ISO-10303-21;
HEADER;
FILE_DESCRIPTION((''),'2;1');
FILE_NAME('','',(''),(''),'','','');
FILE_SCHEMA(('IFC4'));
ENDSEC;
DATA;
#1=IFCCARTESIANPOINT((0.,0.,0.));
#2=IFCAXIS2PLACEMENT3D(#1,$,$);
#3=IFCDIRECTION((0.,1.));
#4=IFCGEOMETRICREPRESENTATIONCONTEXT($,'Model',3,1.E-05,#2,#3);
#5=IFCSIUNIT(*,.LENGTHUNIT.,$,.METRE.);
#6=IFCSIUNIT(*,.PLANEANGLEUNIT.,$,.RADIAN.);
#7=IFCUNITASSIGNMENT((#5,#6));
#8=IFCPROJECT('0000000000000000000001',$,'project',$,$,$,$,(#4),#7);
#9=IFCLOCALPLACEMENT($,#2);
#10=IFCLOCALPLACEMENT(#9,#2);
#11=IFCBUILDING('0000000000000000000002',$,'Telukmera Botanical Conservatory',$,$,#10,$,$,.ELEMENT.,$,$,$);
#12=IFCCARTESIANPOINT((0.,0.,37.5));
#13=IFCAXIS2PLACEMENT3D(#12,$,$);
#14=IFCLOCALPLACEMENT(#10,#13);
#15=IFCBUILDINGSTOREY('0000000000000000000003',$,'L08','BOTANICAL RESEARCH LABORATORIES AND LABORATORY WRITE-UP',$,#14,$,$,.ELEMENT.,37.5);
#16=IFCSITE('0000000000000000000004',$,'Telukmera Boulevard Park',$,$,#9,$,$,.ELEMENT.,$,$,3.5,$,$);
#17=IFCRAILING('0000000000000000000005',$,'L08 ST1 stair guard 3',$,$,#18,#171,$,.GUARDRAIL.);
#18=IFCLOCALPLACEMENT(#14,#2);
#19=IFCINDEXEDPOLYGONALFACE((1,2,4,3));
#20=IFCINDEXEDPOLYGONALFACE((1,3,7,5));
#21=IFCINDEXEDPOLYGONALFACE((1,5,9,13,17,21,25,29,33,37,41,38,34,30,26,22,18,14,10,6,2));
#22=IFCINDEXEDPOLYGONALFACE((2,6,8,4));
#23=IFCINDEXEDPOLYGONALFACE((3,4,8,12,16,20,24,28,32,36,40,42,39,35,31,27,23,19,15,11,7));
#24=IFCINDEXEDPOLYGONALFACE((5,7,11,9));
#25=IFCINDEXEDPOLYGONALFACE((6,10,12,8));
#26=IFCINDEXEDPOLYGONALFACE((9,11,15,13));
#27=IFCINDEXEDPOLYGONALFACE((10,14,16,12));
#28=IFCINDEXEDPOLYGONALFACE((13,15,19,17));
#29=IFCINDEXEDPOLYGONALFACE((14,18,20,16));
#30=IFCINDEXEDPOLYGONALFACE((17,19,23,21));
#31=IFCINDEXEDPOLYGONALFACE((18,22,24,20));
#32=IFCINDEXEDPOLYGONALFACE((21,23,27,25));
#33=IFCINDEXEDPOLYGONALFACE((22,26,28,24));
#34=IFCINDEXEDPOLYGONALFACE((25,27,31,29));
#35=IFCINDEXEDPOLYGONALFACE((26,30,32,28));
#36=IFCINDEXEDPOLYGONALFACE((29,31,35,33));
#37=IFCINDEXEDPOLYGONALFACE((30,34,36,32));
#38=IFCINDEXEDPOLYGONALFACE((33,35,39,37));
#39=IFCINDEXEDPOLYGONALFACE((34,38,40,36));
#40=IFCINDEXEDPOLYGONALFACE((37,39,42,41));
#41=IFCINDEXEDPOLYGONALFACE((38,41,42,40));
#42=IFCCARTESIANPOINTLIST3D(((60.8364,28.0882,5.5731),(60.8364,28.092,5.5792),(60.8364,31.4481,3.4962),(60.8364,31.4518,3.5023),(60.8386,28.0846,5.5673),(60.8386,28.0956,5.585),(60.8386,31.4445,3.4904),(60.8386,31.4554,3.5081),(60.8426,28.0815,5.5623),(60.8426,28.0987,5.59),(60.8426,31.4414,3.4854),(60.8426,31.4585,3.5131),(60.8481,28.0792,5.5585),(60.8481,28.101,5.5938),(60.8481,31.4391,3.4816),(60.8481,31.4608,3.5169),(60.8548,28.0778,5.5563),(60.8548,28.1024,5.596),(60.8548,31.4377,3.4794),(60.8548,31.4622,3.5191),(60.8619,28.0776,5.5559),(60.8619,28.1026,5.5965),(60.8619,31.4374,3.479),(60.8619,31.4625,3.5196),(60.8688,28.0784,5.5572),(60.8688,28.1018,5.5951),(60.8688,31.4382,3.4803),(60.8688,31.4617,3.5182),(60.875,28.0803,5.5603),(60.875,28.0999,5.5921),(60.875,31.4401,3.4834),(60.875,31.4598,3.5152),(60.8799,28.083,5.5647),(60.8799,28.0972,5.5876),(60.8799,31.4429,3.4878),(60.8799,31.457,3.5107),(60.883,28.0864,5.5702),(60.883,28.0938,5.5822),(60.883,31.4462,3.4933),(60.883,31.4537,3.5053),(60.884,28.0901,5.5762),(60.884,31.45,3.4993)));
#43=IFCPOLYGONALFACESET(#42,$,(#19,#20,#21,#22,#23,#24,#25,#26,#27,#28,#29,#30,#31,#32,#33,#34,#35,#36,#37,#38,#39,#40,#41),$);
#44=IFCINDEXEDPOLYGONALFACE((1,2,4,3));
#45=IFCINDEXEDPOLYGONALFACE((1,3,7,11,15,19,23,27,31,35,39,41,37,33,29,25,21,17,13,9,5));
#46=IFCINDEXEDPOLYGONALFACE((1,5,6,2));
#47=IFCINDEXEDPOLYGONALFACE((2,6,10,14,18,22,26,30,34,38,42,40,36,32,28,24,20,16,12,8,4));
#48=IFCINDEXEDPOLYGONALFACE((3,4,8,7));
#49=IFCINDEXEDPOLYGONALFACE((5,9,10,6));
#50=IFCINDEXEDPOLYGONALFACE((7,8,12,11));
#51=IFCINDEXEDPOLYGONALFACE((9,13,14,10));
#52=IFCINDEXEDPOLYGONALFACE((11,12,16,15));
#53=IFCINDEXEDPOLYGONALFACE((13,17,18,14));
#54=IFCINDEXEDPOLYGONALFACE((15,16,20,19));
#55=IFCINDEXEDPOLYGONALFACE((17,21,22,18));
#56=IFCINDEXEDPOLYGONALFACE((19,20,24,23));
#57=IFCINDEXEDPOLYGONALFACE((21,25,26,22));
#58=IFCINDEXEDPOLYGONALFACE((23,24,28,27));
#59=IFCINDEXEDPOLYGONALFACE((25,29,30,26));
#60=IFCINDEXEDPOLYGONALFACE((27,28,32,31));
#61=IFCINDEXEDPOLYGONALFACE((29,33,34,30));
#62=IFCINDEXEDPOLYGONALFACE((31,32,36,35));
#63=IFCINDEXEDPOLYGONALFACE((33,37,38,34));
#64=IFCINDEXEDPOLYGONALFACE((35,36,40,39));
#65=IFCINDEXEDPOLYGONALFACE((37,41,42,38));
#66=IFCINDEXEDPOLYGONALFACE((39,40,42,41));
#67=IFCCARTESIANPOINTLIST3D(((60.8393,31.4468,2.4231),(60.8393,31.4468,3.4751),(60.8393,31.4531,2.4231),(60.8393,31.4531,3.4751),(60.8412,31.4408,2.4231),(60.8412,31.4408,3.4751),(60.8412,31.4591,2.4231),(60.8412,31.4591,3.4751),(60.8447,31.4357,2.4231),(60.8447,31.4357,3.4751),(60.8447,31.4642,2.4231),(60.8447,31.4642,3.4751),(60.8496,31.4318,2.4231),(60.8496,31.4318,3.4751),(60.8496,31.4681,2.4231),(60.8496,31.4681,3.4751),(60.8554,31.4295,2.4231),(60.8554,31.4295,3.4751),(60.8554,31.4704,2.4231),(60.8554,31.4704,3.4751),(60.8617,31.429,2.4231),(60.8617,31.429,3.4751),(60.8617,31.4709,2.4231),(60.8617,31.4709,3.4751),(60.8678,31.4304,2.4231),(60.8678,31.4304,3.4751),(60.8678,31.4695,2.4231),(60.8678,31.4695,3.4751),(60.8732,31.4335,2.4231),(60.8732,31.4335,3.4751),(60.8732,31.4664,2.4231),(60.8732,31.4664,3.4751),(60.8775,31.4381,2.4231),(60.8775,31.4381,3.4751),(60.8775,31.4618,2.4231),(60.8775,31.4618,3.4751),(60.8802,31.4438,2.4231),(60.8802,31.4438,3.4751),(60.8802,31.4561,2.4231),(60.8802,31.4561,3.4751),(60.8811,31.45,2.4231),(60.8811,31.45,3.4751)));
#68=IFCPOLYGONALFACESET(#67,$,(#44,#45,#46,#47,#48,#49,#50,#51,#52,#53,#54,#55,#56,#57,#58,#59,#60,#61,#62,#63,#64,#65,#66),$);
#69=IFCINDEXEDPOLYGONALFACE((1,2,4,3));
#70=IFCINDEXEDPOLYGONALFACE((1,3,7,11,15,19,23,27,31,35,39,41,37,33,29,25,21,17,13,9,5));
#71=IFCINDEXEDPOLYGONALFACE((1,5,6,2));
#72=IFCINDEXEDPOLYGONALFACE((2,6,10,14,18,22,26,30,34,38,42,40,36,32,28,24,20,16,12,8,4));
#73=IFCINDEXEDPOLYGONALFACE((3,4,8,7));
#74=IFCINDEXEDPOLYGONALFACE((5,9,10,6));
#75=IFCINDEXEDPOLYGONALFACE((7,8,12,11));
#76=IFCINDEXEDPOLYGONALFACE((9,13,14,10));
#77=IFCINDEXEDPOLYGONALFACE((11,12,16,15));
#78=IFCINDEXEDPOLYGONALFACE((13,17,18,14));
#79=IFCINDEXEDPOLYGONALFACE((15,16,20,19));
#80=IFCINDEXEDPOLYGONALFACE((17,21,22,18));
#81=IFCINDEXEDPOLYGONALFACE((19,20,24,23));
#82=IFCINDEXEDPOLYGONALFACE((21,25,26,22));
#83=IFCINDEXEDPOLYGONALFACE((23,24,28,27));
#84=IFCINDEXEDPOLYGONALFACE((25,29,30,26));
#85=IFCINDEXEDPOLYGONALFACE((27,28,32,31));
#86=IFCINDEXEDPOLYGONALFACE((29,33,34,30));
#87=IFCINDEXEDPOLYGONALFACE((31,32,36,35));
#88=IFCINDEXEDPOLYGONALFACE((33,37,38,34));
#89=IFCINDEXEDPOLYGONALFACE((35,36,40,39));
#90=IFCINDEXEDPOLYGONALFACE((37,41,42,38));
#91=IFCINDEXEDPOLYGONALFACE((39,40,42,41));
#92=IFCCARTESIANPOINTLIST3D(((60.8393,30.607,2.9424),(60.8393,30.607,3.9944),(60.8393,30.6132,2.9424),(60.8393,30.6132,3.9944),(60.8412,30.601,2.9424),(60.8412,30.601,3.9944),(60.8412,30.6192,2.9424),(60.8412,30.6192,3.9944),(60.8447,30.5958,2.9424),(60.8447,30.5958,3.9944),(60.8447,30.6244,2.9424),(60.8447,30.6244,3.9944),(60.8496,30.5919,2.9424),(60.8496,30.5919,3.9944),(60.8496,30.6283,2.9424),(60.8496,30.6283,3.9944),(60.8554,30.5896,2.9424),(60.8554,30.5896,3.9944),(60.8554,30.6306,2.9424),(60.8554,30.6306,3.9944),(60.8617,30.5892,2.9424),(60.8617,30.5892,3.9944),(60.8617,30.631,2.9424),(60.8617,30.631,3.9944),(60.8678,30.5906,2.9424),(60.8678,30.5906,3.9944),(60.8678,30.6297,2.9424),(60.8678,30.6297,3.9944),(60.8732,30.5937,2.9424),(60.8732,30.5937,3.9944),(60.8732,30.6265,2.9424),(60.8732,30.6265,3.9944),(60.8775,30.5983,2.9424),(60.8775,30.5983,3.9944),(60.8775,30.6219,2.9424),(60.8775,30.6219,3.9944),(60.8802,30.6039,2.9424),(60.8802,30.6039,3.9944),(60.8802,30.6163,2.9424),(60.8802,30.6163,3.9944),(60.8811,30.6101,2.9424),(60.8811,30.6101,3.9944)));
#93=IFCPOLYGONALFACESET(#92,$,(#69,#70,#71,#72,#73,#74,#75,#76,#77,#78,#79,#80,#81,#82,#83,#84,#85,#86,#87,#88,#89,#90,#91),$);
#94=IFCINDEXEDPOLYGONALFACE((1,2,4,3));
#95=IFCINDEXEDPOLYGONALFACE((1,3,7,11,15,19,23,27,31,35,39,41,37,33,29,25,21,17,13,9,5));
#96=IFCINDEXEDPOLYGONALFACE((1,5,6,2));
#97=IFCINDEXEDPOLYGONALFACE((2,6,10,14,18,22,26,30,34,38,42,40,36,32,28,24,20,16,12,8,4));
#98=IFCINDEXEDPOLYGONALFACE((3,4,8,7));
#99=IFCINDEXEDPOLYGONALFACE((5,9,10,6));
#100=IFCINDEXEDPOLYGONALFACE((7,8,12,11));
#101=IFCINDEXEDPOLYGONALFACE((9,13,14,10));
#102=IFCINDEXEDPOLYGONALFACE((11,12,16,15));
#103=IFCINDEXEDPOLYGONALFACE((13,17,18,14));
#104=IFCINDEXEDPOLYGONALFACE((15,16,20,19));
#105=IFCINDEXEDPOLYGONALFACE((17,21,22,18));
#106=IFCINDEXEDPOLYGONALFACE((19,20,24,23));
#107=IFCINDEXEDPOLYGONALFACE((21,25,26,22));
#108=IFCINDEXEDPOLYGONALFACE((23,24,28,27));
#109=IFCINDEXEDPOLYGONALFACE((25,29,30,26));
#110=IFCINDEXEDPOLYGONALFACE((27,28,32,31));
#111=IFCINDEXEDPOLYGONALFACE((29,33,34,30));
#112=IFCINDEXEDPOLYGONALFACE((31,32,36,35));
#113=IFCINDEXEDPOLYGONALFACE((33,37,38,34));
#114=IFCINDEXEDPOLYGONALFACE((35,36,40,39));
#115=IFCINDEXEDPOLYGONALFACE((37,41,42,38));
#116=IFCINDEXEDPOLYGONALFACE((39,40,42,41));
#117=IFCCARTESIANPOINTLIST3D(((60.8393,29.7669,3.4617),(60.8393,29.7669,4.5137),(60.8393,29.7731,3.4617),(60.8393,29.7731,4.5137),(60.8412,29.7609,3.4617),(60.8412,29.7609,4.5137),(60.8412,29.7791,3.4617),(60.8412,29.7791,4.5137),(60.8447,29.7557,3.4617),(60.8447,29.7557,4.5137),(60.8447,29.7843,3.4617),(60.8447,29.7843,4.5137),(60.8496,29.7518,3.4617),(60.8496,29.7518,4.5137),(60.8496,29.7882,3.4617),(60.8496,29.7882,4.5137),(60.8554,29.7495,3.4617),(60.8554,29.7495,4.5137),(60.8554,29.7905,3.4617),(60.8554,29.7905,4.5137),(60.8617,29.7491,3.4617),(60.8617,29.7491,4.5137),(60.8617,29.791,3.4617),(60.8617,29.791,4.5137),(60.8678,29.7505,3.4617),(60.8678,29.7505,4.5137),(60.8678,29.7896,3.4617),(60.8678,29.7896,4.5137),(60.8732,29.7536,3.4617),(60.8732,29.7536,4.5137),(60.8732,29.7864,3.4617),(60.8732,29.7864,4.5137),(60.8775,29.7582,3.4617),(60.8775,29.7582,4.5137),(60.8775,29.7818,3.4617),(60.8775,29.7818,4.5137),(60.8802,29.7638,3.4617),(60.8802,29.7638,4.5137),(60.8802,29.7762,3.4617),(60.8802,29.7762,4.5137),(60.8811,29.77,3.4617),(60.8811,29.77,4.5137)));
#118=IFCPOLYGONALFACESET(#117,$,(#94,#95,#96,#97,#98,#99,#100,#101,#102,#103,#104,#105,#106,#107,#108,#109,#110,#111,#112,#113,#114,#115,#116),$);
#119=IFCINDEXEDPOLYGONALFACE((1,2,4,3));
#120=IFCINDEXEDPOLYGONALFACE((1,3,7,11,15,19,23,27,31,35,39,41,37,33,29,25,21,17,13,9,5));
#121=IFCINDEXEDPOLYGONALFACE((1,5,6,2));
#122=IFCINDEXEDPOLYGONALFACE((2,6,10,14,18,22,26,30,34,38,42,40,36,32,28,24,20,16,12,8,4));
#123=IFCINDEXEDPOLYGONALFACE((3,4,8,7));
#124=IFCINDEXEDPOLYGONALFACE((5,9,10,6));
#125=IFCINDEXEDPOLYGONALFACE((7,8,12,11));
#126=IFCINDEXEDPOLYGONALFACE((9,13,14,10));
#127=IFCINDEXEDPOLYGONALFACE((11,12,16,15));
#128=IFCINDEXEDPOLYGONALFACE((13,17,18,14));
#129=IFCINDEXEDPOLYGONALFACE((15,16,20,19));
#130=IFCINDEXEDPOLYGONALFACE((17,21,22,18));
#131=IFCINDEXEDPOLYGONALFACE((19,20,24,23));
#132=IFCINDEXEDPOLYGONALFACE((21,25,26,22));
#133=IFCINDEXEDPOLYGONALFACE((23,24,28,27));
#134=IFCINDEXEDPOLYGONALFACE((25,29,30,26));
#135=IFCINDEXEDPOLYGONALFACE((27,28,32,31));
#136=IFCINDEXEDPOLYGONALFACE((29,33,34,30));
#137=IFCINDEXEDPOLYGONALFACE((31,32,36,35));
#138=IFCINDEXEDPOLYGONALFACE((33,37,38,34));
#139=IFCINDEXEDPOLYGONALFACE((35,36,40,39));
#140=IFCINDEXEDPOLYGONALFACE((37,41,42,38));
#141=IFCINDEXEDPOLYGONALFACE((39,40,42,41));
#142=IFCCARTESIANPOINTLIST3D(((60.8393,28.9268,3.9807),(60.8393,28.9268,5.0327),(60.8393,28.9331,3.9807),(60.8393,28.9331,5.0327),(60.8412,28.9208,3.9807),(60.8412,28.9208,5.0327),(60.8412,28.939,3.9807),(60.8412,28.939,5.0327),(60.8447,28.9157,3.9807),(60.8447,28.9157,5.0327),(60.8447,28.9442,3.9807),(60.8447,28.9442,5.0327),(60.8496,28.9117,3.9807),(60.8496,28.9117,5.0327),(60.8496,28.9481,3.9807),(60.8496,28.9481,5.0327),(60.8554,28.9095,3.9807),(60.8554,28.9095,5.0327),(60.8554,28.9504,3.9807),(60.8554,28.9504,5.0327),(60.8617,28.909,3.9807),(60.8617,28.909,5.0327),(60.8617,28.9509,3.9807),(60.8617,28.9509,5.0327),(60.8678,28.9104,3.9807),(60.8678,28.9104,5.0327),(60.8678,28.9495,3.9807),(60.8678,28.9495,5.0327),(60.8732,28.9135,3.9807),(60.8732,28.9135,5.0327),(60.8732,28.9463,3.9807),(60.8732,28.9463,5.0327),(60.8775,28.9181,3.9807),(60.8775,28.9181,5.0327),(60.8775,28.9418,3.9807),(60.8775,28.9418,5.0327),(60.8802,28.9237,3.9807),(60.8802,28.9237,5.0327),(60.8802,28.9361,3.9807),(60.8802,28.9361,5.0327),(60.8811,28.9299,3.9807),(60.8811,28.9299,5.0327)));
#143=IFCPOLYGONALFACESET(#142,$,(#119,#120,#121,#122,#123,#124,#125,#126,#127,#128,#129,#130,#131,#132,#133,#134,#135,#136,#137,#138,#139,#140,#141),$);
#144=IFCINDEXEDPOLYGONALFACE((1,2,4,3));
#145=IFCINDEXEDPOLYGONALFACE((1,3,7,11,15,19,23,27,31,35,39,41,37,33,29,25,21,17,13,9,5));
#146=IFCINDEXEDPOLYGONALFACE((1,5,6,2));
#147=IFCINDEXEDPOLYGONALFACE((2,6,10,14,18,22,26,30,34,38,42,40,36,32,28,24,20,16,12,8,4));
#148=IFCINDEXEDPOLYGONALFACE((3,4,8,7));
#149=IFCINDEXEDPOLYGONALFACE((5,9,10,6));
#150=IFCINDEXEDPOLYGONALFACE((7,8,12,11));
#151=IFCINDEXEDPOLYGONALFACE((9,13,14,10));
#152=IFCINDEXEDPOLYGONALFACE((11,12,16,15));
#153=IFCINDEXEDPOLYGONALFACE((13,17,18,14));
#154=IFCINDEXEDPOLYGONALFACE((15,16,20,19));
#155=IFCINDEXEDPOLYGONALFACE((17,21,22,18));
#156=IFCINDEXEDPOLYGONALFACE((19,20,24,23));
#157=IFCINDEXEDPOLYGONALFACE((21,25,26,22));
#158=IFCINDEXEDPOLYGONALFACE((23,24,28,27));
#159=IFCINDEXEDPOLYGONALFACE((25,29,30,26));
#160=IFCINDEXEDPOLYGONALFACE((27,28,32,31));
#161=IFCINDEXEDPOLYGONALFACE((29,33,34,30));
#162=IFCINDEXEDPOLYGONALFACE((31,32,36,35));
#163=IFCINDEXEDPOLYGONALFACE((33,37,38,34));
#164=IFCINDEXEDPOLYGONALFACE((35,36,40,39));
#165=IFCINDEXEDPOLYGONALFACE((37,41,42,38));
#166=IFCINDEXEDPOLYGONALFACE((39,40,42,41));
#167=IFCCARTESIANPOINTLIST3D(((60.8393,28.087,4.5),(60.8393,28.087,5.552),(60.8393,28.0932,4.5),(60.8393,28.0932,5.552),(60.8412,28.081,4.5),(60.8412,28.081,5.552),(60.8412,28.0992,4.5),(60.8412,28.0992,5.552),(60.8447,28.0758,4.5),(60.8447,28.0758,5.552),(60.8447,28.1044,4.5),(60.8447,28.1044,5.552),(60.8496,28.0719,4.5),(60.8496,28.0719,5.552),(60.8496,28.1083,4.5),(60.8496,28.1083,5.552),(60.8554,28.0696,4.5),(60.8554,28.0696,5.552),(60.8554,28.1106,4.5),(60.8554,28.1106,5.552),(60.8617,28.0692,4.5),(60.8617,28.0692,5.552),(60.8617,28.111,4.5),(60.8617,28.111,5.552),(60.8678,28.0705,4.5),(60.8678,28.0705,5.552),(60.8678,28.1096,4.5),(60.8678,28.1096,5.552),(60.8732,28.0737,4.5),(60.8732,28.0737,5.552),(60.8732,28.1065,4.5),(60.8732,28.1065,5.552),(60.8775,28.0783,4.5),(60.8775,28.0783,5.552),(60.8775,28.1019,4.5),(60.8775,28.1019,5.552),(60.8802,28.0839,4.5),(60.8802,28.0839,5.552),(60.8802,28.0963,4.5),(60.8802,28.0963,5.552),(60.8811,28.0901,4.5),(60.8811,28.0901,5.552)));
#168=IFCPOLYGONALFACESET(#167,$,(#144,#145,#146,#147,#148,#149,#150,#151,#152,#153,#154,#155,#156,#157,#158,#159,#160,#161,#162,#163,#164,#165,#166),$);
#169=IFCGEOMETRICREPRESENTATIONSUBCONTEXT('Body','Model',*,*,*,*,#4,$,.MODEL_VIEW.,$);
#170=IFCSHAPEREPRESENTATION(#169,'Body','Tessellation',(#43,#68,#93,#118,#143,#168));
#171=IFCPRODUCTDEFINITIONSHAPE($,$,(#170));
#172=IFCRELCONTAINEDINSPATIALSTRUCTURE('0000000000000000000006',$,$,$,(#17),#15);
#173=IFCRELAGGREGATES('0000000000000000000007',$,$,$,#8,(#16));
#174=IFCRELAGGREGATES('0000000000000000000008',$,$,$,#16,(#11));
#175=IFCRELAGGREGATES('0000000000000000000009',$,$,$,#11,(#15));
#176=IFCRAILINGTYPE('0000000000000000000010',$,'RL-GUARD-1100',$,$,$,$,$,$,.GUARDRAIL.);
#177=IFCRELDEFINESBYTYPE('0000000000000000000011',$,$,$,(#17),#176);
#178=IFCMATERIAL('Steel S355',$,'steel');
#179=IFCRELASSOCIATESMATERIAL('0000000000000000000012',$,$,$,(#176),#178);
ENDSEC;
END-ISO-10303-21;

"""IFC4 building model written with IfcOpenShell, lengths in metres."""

from ifc_helpers import new_model, si_unit, direction, frame, origin, origin_2d, place, context, subcontext, project, spatial, circle, extrude, material, type_object, element, save


model = new_model("IFC4")

# Units and contexts
model_context = context("Model", 3, precision=1e-05, world=origin(), true_north=direction((0.0, 1.0)))
body_context = subcontext(model_context, "Body", "Model", "MODEL_VIEW")
ifc_project = project(units=[si_unit("LENGTHUNIT", "METRE"), si_unit("PLANEANGLEUNIT", "RADIAN")], contexts=[model_context])

# Site, building, storey
site_placement = place(None, origin())
site = spatial("IfcSite", under=ifc_project, at=site_placement, Name="Telukmera Boulevard Park", CompositionType="ELEMENT", RefElevation=3.5)
building_placement = place(site_placement, origin())
building = spatial("IfcBuilding", under=site, at=building_placement, Name="Telukmera Botanical Conservatory", CompositionType="ELEMENT")
storey_placement = place(building_placement, frame((0.0, 0.0, 37.5)))
storey = spatial("IfcBuildingStorey", under=building, at=storey_placement, Name="L08", Description="BOTANICAL RESEARCH LABORATORIES AND LABORATORY WRITE-UP", CompositionType="ELEMENT", Elevation=37.5)

# Railing
ifc_material_1 = material(Name="Steel S355", Category="steel")
railing_type_1 = type_object("IfcRailingType", Name="RL-GUARD-1100", PredefinedType="GUARDRAIL", material=ifc_material_1)
railing_1_placement = place(storey_placement, frame((60.8601, 31.45, 2.4231)))
element("IfcRailing", 1, at=railing_1_placement, inside=storey, type_object=railing_type_1, Name="L08 ST1 stair guard 3", PredefinedType="GUARDRAIL", context=body_context, shape_type="SweptSolid", body=[
    extrude(circle(Radius=0.0239, at=origin_2d()), frame((0.0, 0.0, 1.0762), z_axis=(0.0, -0.850606, 0.525803), x_axis=(1.0, 0.0, 0.0)), (0.0, 0.0, 1.0), 3.95),
    extrude(circle(Radius=0.021, at=origin_2d()), origin(), (0.0, 0.0, 1.0), 1.052),
    extrude(circle(Radius=0.021, at=origin_2d()), frame((0.0, -0.8398, 0.5193)), (0.0, 0.0, 1.0), 1.052),
    extrude(circle(Radius=0.021, at=origin_2d()), frame((0.0, -1.6799, 1.0386)), (0.0, 0.0, 1.0), 1.052),
    extrude(circle(Radius=0.021, at=origin_2d()), frame((0.0, -2.52, 1.5576)), (0.0, 0.0, 1.0), 1.052),
    extrude(circle(Radius=0.021, at=origin_2d()), frame((0.0, -3.3599, 2.0769)), (0.0, 0.0, 1.0), 1.052),
])

save(model, "model.ifc")
